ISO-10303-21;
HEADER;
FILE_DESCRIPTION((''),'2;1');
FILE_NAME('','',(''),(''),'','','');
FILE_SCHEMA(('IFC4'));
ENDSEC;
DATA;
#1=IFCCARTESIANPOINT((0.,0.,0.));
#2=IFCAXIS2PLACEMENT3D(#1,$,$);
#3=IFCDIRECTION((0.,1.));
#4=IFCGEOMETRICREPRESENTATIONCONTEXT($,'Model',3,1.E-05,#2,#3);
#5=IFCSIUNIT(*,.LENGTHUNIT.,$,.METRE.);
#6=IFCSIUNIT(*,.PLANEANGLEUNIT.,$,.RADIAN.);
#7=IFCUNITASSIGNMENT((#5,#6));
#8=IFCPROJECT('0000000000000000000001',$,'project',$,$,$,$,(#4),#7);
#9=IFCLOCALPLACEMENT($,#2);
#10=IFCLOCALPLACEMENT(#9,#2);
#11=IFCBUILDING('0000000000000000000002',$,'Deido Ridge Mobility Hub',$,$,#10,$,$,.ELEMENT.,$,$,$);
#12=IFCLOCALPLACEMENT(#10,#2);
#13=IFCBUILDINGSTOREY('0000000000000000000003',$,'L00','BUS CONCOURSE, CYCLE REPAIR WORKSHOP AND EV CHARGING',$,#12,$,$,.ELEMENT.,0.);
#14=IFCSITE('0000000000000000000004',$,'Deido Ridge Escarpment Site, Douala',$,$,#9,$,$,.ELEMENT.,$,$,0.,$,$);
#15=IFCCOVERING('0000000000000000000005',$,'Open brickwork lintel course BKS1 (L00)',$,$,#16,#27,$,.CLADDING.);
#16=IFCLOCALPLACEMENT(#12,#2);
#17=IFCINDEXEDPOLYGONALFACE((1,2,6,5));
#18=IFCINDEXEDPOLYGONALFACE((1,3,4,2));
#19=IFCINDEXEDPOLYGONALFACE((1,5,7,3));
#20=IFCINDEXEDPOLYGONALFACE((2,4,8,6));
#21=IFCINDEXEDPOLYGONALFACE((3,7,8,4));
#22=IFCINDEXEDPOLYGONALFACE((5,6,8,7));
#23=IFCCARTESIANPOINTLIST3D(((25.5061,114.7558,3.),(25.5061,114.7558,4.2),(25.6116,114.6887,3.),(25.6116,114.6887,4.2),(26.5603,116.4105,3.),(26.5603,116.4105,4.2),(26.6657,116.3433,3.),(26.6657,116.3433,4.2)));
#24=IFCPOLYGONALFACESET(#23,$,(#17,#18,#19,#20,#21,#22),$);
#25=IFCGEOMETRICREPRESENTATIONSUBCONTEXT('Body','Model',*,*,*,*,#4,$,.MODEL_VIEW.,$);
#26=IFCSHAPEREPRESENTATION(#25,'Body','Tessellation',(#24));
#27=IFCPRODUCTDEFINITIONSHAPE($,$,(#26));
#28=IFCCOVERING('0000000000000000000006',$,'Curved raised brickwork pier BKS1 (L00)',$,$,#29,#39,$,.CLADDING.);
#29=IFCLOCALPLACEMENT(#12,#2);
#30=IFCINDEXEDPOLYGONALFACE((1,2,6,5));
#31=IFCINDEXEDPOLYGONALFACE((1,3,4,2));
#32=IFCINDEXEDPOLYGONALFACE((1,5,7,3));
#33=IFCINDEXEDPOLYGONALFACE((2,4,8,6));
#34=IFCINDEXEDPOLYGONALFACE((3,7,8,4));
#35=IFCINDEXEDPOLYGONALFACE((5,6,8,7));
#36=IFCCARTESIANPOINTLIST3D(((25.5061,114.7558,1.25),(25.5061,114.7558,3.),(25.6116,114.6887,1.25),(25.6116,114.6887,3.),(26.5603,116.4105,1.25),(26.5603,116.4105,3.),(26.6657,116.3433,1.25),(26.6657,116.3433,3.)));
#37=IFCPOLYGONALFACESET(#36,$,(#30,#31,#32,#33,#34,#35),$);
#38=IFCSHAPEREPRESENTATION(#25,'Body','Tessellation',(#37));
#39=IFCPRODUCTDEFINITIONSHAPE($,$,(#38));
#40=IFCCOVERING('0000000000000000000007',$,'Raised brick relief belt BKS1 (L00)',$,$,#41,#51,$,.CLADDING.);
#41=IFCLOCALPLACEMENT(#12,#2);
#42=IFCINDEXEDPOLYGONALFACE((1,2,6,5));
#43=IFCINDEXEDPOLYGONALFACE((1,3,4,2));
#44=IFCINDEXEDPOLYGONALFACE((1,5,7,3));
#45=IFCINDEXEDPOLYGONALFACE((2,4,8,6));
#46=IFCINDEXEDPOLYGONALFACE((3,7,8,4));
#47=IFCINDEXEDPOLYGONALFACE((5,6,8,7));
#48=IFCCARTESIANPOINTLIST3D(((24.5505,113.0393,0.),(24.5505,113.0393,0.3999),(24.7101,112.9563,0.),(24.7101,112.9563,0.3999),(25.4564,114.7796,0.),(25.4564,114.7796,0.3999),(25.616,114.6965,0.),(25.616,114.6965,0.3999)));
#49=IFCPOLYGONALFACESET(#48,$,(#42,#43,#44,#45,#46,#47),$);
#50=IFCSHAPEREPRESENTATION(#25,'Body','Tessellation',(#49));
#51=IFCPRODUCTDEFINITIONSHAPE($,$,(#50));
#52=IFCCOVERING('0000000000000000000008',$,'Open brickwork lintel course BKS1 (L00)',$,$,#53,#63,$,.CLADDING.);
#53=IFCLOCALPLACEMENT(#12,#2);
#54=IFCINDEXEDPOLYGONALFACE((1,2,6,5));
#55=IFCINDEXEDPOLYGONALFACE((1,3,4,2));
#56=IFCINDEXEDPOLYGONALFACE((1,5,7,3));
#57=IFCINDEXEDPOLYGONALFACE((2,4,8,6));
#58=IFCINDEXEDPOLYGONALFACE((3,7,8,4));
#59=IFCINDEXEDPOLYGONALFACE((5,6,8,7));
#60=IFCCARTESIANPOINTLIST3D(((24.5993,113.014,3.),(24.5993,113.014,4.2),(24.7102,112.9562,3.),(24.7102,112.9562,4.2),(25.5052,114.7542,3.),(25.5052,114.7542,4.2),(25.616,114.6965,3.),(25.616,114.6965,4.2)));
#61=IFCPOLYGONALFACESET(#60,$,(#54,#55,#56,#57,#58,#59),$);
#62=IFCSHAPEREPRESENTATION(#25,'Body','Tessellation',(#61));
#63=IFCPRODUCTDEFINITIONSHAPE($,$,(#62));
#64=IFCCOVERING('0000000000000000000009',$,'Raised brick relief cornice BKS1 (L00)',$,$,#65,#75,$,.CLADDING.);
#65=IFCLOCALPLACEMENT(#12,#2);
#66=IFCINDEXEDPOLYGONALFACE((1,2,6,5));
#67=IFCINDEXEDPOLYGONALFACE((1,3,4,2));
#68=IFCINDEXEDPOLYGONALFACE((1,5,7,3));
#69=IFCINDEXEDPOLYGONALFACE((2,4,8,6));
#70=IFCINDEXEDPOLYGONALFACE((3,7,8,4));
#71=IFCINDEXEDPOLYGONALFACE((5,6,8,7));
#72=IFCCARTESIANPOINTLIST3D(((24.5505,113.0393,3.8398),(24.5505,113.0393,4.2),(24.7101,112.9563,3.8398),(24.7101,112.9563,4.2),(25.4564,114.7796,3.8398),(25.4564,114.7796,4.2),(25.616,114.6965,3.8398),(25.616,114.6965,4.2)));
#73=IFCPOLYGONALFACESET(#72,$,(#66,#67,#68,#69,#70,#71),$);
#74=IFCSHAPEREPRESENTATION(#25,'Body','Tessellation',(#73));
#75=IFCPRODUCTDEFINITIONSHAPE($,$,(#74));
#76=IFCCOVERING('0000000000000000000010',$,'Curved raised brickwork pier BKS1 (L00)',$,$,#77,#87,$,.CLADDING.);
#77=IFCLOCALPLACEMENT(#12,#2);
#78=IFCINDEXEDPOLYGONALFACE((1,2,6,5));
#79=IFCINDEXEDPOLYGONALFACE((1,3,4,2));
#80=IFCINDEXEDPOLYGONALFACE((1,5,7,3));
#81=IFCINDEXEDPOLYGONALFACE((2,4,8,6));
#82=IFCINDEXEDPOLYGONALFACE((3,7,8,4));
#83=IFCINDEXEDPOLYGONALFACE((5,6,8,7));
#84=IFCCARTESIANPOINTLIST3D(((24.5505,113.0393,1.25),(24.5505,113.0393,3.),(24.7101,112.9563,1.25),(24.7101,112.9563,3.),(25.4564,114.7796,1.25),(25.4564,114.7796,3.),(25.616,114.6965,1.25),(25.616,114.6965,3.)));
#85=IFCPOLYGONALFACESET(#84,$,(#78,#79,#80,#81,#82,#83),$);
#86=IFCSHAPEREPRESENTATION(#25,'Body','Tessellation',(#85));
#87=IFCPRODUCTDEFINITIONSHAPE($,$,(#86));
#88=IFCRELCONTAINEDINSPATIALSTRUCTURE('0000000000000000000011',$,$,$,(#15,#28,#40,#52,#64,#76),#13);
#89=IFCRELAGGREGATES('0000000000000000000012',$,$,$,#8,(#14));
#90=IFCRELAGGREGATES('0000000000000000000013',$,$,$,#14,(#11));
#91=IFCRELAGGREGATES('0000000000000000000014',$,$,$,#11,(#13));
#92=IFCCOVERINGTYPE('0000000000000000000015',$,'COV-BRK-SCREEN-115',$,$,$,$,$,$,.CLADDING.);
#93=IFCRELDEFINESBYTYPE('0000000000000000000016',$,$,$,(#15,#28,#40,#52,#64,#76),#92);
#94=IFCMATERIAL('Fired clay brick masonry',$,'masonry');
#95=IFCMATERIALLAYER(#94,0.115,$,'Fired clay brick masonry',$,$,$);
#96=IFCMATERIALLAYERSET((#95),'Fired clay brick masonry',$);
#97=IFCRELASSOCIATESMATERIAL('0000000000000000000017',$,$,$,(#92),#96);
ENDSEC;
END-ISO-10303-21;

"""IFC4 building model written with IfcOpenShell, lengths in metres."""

from ifc_helpers import new_model, si_unit, direction, frame, origin, origin_2d, place, context, subcontext, project, spatial, rectangle, extrude, material, layer, layer_set, type_object, element, save


model = new_model("IFC4")

# Units and contexts
model_context = context("Model", 3, precision=1e-05, world=origin(), true_north=direction((0.0, 1.0)))
body_context = subcontext(model_context, "Body", "Model", "MODEL_VIEW")
ifc_project = project(units=[si_unit("LENGTHUNIT", "METRE"), si_unit("PLANEANGLEUNIT", "RADIAN")], contexts=[model_context])

# Site, building, storey
site_placement = place(None, origin())
site = spatial("IfcSite", under=ifc_project, at=site_placement, Name="Deido Ridge Escarpment Site, Douala", CompositionType="ELEMENT", RefElevation=0.0)
building_placement = place(site_placement, origin())
building = spatial("IfcBuilding", under=site, at=building_placement, Name="Deido Ridge Mobility Hub", CompositionType="ELEMENT")
storey_placement = place(building_placement, origin())
storey = spatial("IfcBuildingStorey", under=building, at=storey_placement, Name="L00", Description="BUS CONCOURSE, CYCLE REPAIR WORKSHOP AND EV CHARGING", CompositionType="ELEMENT", Elevation=0.0)

# Coverings
ifc_material_1 = material(Name="Fired clay brick masonry", Category="masonry")
ifc_layer = layer(ifc_material_1, 0.115, Name="Fired clay brick masonry")
ifc_layer_set = layer_set([ifc_layer], Name="Fired clay brick masonry")
covering_type = type_object("IfcCoveringType", Name="COV-BRK-SCREEN-115", PredefinedType="CLADDING", material=ifc_layer_set)
covering_1_placement = place(storey_placement, frame((26.0859, 115.5496, 3.0), z_axis=(0.0, 0.0, 1.0), x_axis=(-0.537314, -0.843382, 0.0)))
element("IfcCovering", 1, at=covering_1_placement, inside=storey, type_object=covering_type, Name="Open brickwork lintel course BKS1 (L00)", PredefinedType="CLADDING", context=body_context, shape_type="SweptSolid", body=[
    extrude(rectangle(XDim=1.9619, YDim=0.125, at=origin_2d()), origin(), (0.0, 0.0, 1.0), 1.2),
])
covering_2_placement = place(storey_placement, frame((26.0859, 115.5496, 1.25), z_axis=(0.0, 0.0, 1.0), x_axis=(-0.537314, -0.843382, 0.0)))
element("IfcCovering", 2, at=covering_2_placement, inside=storey, type_object=covering_type, Name="Curved raised brickwork pier BKS1 (L00)", PredefinedType="CLADDING", context=body_context, shape_type="SweptSolid", body=[
    extrude(rectangle(XDim=1.9619, YDim=0.125, at=origin_2d()), origin(), (0.0, 0.0, 1.0), 1.75),
])
covering_3_placement = place(storey_placement, frame((25.0833, 113.8679, 0.0), z_axis=(0.0, 0.0, 1.0), x_axis=(-0.461733, -0.887019, 0.0)))
element("IfcCovering", 3, at=covering_3_placement, inside=storey, type_object=covering_type, Name="Raised brick relief belt BKS1 (L00)", PredefinedType="CLADDING", context=body_context, shape_type="SweptSolid", body=[
    extrude(rectangle(XDim=1.9619, YDim=0.1799, at=origin_2d()), origin(), (0.0, 0.0, 1.0), 0.3999),
])
covering_4_placement = place(storey_placement, frame((25.1077, 113.8552, 3.0), z_axis=(0.0, 0.0, 1.0), x_axis=(-0.461733, -0.887019, 0.0)))
element("IfcCovering", 4, at=covering_4_placement, inside=storey, type_object=covering_type, Name="Open brickwork lintel course BKS1 (L00)", PredefinedType="CLADDING", context=body_context, shape_type="SweptSolid", body=[
    extrude(rectangle(XDim=1.9619, YDim=0.125, at=origin_2d()), origin(), (0.0, 0.0, 1.0), 1.2),
])
covering_5_placement = place(storey_placement, frame((25.0833, 113.8679, 3.8398), z_axis=(0.0, 0.0, 1.0), x_axis=(-0.461733, -0.887019, 0.0)))
element("IfcCovering", 5, at=covering_5_placement, inside=storey, type_object=covering_type, Name="Raised brick relief cornice BKS1 (L00)", PredefinedType="CLADDING", context=body_context, shape_type="SweptSolid", body=[
    extrude(rectangle(XDim=1.9619, YDim=0.1799, at=origin_2d()), origin(), (0.0, 0.0, 1.0), 0.3601),
])
covering_6_placement = place(storey_placement, frame((25.0833, 113.8679, 1.25), z_axis=(0.0, 0.0, 1.0), x_axis=(-0.461733, -0.887019, 0.0)))
element("IfcCovering", 6, at=covering_6_placement, inside=storey, type_object=covering_type, Name="Curved raised brickwork pier BKS1 (L00)", PredefinedType="CLADDING", context=body_context, shape_type="SweptSolid", body=[
    extrude(rectangle(XDim=1.9619, YDim=0.1799, at=origin_2d()), origin(), (0.0, 0.0, 1.0), 1.75),
])

save(model, "model.ifc")
